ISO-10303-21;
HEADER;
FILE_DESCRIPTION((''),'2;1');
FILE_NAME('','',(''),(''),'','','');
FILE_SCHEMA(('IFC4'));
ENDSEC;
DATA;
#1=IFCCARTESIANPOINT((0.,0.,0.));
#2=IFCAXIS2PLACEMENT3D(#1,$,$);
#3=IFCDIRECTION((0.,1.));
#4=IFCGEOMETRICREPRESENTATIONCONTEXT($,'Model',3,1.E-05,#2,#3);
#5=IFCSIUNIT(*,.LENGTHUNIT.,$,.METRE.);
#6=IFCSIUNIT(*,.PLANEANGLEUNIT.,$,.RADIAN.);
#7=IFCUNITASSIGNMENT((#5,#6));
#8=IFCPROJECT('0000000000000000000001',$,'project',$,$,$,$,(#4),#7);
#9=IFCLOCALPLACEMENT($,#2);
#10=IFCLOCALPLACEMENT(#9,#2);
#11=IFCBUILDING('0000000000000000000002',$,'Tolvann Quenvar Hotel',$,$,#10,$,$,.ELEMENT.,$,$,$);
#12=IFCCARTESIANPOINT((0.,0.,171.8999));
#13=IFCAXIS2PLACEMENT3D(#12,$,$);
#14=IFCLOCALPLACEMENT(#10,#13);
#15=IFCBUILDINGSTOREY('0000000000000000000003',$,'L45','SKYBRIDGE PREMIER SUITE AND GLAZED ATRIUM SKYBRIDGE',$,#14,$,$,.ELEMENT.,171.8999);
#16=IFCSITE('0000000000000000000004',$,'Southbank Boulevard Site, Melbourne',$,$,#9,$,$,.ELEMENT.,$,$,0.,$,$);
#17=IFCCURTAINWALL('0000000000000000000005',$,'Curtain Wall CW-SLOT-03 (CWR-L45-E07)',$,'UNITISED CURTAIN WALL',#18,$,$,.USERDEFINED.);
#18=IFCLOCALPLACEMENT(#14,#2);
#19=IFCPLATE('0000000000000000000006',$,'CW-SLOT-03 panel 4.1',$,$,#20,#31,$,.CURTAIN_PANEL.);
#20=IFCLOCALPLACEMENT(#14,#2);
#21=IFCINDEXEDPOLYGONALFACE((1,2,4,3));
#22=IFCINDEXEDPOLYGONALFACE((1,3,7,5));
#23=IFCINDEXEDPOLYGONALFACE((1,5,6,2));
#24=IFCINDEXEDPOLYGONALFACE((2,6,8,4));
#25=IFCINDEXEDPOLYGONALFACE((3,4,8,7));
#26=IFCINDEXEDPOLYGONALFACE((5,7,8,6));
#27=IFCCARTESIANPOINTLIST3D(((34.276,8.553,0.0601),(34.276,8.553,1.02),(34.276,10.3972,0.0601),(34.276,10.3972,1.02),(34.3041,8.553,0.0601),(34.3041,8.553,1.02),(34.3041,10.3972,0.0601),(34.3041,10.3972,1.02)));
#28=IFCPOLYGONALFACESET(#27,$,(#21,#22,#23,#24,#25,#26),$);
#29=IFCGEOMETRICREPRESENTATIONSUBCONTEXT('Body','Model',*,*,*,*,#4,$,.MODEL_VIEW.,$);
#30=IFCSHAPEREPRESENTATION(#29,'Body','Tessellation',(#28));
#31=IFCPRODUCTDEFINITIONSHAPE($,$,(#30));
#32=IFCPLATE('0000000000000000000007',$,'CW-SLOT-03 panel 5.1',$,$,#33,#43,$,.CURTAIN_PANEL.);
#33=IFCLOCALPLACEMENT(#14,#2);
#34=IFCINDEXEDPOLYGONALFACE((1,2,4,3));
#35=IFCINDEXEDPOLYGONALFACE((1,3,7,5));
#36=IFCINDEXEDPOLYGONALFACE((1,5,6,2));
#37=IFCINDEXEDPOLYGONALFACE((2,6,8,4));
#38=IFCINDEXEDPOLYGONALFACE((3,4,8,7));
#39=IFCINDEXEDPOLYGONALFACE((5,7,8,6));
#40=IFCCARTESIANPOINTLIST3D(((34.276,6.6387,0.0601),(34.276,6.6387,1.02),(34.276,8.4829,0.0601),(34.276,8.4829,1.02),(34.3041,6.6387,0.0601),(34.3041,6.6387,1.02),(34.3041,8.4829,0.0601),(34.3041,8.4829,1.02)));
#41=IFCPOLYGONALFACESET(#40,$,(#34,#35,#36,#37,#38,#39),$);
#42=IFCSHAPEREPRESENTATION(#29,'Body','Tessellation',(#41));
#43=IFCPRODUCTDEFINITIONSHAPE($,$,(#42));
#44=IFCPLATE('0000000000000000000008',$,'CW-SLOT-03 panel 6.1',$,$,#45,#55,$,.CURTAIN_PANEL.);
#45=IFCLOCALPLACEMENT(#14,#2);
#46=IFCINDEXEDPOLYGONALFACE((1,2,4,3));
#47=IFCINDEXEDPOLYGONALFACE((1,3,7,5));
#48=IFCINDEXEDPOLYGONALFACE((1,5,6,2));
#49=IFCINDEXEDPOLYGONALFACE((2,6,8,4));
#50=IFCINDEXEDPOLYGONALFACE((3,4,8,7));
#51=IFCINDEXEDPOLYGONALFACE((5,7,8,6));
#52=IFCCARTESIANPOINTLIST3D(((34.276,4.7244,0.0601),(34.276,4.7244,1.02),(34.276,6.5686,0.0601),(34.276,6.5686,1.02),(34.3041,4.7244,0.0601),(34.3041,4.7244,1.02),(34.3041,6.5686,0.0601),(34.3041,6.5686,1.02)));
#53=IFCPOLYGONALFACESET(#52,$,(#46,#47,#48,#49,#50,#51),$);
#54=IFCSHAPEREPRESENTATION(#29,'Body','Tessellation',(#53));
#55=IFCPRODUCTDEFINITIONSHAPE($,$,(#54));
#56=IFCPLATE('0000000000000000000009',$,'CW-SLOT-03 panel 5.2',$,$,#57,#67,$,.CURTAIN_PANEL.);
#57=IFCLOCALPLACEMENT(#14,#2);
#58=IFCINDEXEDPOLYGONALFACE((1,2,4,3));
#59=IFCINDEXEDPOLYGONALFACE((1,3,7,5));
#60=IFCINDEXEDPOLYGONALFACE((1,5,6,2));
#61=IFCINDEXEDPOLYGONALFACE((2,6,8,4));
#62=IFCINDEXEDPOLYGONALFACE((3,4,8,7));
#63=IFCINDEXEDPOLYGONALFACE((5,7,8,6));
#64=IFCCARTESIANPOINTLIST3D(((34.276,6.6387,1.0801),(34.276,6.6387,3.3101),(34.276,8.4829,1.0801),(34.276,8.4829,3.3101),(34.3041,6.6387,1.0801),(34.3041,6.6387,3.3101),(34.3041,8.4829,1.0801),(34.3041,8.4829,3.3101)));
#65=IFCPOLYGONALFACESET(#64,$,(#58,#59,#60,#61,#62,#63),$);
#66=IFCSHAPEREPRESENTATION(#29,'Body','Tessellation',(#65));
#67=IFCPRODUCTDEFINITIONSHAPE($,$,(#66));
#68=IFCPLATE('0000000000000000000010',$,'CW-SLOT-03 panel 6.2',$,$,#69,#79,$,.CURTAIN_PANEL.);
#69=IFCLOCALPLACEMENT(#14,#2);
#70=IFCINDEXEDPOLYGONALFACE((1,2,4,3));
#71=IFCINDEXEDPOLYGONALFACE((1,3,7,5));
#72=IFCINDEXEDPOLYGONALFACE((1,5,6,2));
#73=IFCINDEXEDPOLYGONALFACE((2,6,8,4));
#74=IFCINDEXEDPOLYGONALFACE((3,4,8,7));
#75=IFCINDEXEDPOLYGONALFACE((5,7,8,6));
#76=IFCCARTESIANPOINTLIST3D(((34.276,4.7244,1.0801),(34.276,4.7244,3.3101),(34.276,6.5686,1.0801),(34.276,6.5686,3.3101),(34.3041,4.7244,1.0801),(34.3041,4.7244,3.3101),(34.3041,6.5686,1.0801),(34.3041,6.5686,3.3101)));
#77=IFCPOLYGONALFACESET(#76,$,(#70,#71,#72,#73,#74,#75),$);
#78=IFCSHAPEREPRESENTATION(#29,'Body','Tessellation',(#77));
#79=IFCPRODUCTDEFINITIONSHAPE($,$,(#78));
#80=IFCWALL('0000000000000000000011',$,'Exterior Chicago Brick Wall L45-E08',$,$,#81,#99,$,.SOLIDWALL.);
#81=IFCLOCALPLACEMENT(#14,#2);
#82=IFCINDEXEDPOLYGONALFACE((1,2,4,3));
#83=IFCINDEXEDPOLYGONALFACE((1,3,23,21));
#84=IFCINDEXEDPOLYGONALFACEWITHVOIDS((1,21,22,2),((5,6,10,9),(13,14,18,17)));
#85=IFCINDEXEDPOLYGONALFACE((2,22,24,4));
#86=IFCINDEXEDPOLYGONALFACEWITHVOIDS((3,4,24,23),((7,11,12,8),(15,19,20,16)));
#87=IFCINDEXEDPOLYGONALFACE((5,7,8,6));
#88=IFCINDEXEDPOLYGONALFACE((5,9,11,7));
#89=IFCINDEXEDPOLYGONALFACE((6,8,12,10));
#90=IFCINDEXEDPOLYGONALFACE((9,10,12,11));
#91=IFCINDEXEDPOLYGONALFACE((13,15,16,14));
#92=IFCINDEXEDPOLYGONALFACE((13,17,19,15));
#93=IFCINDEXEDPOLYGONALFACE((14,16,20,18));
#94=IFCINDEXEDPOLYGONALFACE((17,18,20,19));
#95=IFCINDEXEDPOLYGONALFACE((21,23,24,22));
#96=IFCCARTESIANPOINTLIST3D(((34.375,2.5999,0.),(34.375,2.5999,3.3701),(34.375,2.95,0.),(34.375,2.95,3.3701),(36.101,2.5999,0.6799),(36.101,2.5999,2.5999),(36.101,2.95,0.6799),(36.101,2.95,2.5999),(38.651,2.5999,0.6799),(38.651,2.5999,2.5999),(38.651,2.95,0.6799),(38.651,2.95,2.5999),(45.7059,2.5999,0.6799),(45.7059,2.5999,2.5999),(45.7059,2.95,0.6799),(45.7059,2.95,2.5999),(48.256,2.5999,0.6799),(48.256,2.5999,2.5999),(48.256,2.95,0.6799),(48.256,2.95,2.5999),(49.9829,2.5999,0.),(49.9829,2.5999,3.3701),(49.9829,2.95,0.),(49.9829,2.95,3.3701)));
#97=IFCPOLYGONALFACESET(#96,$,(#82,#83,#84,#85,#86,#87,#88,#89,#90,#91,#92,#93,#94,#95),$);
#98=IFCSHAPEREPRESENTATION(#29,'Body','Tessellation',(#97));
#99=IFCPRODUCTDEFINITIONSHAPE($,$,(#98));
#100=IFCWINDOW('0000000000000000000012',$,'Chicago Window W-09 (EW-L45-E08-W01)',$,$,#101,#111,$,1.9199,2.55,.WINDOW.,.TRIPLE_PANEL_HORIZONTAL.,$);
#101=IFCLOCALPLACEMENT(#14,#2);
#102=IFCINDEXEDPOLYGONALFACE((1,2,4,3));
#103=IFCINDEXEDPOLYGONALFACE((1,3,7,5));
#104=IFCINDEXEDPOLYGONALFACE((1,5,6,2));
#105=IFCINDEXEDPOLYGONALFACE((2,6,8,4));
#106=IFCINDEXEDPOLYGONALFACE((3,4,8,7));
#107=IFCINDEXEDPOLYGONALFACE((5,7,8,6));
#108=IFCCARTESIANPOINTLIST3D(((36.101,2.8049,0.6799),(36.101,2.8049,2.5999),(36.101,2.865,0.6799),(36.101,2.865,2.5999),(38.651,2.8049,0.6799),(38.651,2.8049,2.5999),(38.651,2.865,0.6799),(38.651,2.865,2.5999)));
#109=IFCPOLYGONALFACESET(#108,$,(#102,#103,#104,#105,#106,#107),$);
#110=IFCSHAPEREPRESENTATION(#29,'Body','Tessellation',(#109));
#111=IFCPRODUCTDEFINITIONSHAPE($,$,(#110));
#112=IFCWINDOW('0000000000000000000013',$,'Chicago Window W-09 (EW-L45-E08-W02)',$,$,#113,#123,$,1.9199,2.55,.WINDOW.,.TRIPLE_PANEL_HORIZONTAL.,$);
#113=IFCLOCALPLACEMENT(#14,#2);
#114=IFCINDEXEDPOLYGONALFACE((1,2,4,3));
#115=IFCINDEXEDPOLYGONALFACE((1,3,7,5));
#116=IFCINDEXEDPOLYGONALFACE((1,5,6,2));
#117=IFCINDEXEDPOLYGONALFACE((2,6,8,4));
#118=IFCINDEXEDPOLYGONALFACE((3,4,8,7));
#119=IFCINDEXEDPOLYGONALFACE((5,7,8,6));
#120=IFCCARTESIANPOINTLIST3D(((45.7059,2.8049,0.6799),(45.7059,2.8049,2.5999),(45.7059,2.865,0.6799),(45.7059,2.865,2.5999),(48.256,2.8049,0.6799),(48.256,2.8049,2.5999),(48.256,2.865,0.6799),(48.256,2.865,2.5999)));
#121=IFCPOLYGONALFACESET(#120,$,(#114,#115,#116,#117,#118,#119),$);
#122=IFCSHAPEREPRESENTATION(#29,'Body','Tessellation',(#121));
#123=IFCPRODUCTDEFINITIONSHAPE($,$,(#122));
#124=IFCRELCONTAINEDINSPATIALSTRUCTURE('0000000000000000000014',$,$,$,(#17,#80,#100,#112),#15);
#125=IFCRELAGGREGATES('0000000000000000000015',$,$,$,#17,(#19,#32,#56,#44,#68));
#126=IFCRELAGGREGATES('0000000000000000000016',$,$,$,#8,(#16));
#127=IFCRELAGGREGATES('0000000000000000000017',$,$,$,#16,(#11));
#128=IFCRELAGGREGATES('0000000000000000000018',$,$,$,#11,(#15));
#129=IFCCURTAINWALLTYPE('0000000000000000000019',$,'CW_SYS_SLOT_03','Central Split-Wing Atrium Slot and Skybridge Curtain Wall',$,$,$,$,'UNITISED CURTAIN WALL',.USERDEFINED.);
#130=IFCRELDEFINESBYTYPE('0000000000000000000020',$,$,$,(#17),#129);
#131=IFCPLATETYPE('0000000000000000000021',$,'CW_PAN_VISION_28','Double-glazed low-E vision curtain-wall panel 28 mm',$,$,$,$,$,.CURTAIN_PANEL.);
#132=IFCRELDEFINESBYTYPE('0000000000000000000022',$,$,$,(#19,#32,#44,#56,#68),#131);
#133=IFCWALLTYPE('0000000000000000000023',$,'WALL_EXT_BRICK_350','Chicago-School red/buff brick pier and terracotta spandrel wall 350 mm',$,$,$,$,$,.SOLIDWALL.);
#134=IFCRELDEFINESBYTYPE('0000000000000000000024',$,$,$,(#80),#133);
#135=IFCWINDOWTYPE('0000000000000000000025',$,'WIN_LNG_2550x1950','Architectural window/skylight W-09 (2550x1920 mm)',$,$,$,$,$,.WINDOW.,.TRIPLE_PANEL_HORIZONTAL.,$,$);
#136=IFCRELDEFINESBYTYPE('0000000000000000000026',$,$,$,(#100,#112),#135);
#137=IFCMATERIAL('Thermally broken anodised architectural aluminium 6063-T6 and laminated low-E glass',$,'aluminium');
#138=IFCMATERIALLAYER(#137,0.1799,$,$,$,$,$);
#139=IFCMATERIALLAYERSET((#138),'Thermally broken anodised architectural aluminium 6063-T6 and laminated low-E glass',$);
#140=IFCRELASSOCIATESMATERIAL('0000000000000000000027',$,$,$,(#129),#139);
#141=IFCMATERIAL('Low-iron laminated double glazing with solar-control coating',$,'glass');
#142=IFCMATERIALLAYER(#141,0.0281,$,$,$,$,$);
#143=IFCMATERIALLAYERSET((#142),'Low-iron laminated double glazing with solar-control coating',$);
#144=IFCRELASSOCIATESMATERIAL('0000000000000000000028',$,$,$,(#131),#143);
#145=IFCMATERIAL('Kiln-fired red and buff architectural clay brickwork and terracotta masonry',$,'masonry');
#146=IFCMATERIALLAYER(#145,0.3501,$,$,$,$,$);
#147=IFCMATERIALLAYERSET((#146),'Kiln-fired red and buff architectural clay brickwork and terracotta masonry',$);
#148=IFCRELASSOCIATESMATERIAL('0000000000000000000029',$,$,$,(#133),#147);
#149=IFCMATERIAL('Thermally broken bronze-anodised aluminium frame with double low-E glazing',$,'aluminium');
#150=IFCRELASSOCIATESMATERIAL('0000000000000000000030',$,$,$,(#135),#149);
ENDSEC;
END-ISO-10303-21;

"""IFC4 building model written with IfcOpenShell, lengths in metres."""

from ifc_helpers import new_model, si_unit, direction, frame, frame_2d, origin, origin_2d, place, context, subcontext, project, spatial, rectangle, extrude, source, transform, mapped, material, layer, layer_set, type_object, type_shapes, element, fill, aggregate, save


model = new_model("IFC4")

# Units and contexts
model_context = context("Model", 3, precision=1e-05, world=origin(), true_north=direction((0.0, 1.0)))
body_context = subcontext(model_context, "Body", "Model", "MODEL_VIEW")
ifc_project = project(units=[si_unit("LENGTHUNIT", "METRE"), si_unit("PLANEANGLEUNIT", "RADIAN")], contexts=[model_context])

# Site, building, storey
site_placement = place(None, origin())
site = spatial("IfcSite", under=ifc_project, at=site_placement, Name="Southbank Boulevard Site, Melbourne", CompositionType="ELEMENT", RefElevation=0.0)
building_placement = place(site_placement, origin())
building = spatial("IfcBuilding", under=site, at=building_placement, Name="Tolvann Quenvar Hotel", CompositionType="ELEMENT")
storey_placement = place(building_placement, frame((0.0, 0.0, 171.8999)))
storey = spatial("IfcBuildingStorey", under=building, at=storey_placement, Name="L45", Description="SKYBRIDGE PREMIER SUITE AND GLAZED ATRIUM SKYBRIDGE", CompositionType="ELEMENT", Elevation=171.8999)

# Curtain wall
ifc_material_1 = material(Name="Thermally broken anodised architectural aluminium 6063-T6 and laminated low-E glass", Category="aluminium")
ifc_layer_1 = layer(ifc_material_1, 0.1799)
ifc_layer_set_1 = layer_set([ifc_layer_1], Name="Thermally broken anodised architectural aluminium 6063-T6 and laminated low-E glass")
curtain_wall_type = type_object("IfcCurtainWallType", Name="CW_SYS_SLOT_03", Description="Central Split-Wing Atrium Slot and Skybridge Curtain Wall", ElementType="UNITISED CURTAIN WALL", PredefinedType="USERDEFINED", material=ifc_layer_set_1)
curtain_wall_1_placement = place(storey_placement, origin())
curtain_wall_1 = element("IfcCurtainWall", 1, at=curtain_wall_1_placement, inside=storey, type_object=curtain_wall_type, Name="Curtain Wall CW-SLOT-03 (CWR-L45-E07)", ObjectType="UNITISED CURTAIN WALL", PredefinedType="USERDEFINED")

# Plates
ifc_material_2 = material(Name="Low-iron laminated double glazing with solar-control coating", Category="glass")
ifc_layer_2 = layer(ifc_material_2, 0.0281)
ifc_layer_set_2 = layer_set([ifc_layer_2], Name="Low-iron laminated double glazing with solar-control coating")
plate_type_1 = type_object("IfcPlateType", Name="CW_PAN_VISION_28", Description="Double-glazed low-E vision curtain-wall panel 28 mm", PredefinedType="CURTAIN_PANEL", material=ifc_layer_set_2)
shared_shape_1 = source(origin(), body_context, "Body", "SweptSolid", [
    extrude(rectangle(XDim=1.8442, YDim=0.0281, at=origin_2d()), origin(), (0.0, 0.0, 1.0), 0.96),
])
plate_1_placement = place(storey_placement, frame((34.29, 9.4751, 0.0601), z_axis=(0.0, 0.0, 1.0), x_axis=(0.0, -1.0, 0.0)))
plate_1 = element("IfcPlate", 2, at=plate_1_placement, type_object=plate_type_1, Name="CW-SLOT-03 panel 4.1", PredefinedType="CURTAIN_PANEL", context=body_context, shape_type="MappedRepresentation", body=[
    mapped(shared_shape_1, transform((0.0, 0.0, 0.0), x_axis=(1.0, 0.0, 0.0), y_axis=(0.0, 1.0, 0.0), z_axis=(0.0, 0.0, 1.0), scale=1.0)),
])
plate_2_placement = place(storey_placement, frame((34.29, 7.5608, 0.0601), z_axis=(0.0, 0.0, 1.0), x_axis=(0.0, -1.0, 0.0)))
plate_2 = element("IfcPlate", 3, at=plate_2_placement, type_object=plate_type_1, Name="CW-SLOT-03 panel 5.1", PredefinedType="CURTAIN_PANEL", context=body_context, shape_type="MappedRepresentation", body=[
    mapped(shared_shape_1, transform((0.0, 0.0, 0.0), x_axis=(1.0, 0.0, 0.0), y_axis=(0.0, 1.0, 0.0), z_axis=(0.0, 0.0, 1.0), scale=1.0)),
])
plate_3_placement = place(storey_placement, frame((34.29, 5.6465, 0.0601), z_axis=(0.0, 0.0, 1.0), x_axis=(0.0, -1.0, 0.0)))
plate_3 = element("IfcPlate", 4, at=plate_3_placement, type_object=plate_type_1, Name="CW-SLOT-03 panel 6.1", PredefinedType="CURTAIN_PANEL", context=body_context, shape_type="MappedRepresentation", body=[
    mapped(shared_shape_1, transform((0.0, 0.0, 0.0), x_axis=(1.0, 0.0, 0.0), y_axis=(0.0, 1.0, 0.0), z_axis=(0.0, 0.0, 1.0), scale=1.0)),
])
shared_shape_2 = source(origin(), body_context, "Body", "SweptSolid", [
    extrude(rectangle(XDim=1.8442, YDim=0.0281, at=origin_2d()), origin(), (0.0, 0.0, 1.0), 2.23),
])
plate_4_placement = place(storey_placement, frame((34.29, 7.5608, 1.0801), z_axis=(0.0, 0.0, 1.0), x_axis=(0.0, -1.0, 0.0)))
plate_4 = element("IfcPlate", 5, at=plate_4_placement, type_object=plate_type_1, Name="CW-SLOT-03 panel 5.2", PredefinedType="CURTAIN_PANEL", context=body_context, shape_type="MappedRepresentation", body=[
    mapped(shared_shape_2, transform((0.0, 0.0, 0.0), x_axis=(1.0, 0.0, 0.0), y_axis=(0.0, 1.0, 0.0), z_axis=(0.0, 0.0, 1.0), scale=1.0)),
])
plate_5_placement = place(storey_placement, frame((34.29, 5.6465, 1.0801), z_axis=(0.0, 0.0, 1.0), x_axis=(0.0, -1.0, 0.0)))
plate_5 = element("IfcPlate", 6, at=plate_5_placement, type_object=plate_type_1, Name="CW-SLOT-03 panel 6.2", PredefinedType="CURTAIN_PANEL", context=body_context, shape_type="MappedRepresentation", body=[
    mapped(shared_shape_2, transform((0.0, 0.0, 0.0), x_axis=(1.0, 0.0, 0.0), y_axis=(0.0, 1.0, 0.0), z_axis=(0.0, 0.0, 1.0), scale=1.0)),
])
aggregate(curtain_wall_1, [plate_1, plate_2, plate_4, plate_3, plate_5])

# Wall, openings, windows
ifc_material_3 = material(Name="Kiln-fired red and buff architectural clay brickwork and terracotta masonry", Category="masonry")
ifc_layer_3 = layer(ifc_material_3, 0.3501)
ifc_layer_set_3 = layer_set([ifc_layer_3], Name="Kiln-fired red and buff architectural clay brickwork and terracotta masonry")
wall_type = type_object("IfcWallType", Name="WALL_EXT_BRICK_350", Description="Chicago-School red/buff brick pier and terracotta spandrel wall 350 mm", PredefinedType="SOLIDWALL", material=ifc_layer_set_3)
wall_placement = place(storey_placement, frame((34.375, 2.7749, 0.0), z_axis=(0.0, 0.0, 1.0), x_axis=(1.0, 0.0, 0.0)))
wall = element("IfcWall", 7, at=wall_placement, inside=storey, type_object=wall_type, Name="Exterior Chicago Brick Wall L45-E08", PredefinedType="SOLIDWALL", context=body_context, shape_type="SweptSolid", body=[
    extrude(rectangle(XDim=15.6079, YDim=0.3501, at=frame_2d((7.804, 0.0))), origin(), (0.0, 0.0, 1.0), 3.3701),
])
opening_1_placement = place(wall_placement, frame((1.7261, 0.0, 0.6799)))
opening_1 = element("IfcOpeningElement", 8, at=opening_1_placement, cuts=wall, PredefinedType="OPENING", context=body_context, shape_type="SweptSolid", body=[
    extrude(rectangle(XDim=2.55, YDim=1.9199, at=frame_2d((1.2749, 0.96))), frame((0.0, 0.1851, 0.0), z_axis=(0.0, -1.0, 0.0), x_axis=(1.0, 0.0, 0.0)), (0.0, 0.0, 1.0), 0.3701),
])
opening_2_placement = place(wall_placement, frame((11.3311, 0.0, 0.6799)))
opening_2 = element("IfcOpeningElement", 9, at=opening_2_placement, cuts=wall, PredefinedType="OPENING", context=body_context, shape_type="SweptSolid", body=[
    extrude(rectangle(XDim=2.55, YDim=1.9199, at=frame_2d((1.2749, 0.96))), frame((0.0, 0.1851, 0.0), z_axis=(0.0, -1.0, 0.0), x_axis=(1.0, 0.0, 0.0)), (0.0, 0.0, 1.0), 0.3701),
])
ifc_material_4 = material(Name="Thermally broken bronze-anodised aluminium frame with double low-E glazing", Category="aluminium")
window_type = type_object("IfcWindowType", Name="WIN_LNG_2550x1950", Description="Architectural window/skylight W-09 (2550x1920 mm)", PartitioningType="TRIPLE_PANEL_HORIZONTAL", PredefinedType="WINDOW", material=ifc_material_4)
shared_shape_3 = source(origin(), body_context, "Body", "SweptSolid", [
    extrude(rectangle(XDim=2.55, YDim=1.9199, at=frame_2d((1.2749, 0.96))), frame((0.0, 0.0901, 0.0), z_axis=(0.0, -1.0, 0.0), x_axis=(1.0, 0.0, 0.0)), (0.0, 0.0, 1.0), 0.0601),
])
type_shapes(window_type, [shared_shape_3])
window_1_placement = place(opening_1_placement, origin())
window_1 = element("IfcWindow", 10, at=window_1_placement, inside=storey, type_object=window_type, Name="Chicago Window W-09 (EW-L45-E08-W01)", OverallHeight=1.9199, OverallWidth=2.55, PartitioningType="TRIPLE_PANEL_HORIZONTAL", PredefinedType="WINDOW", context=body_context, shape_type="MappedRepresentation", body=[
    mapped(shared_shape_3, transform((0.0, 0.0, 0.0), x_axis=(1.0, 0.0, 0.0), y_axis=(0.0, 1.0, 0.0), z_axis=(0.0, 0.0, 1.0), scale=1.0)),
])
fill(opening_1, window_1)
window_2_placement = place(opening_2_placement, origin())
window_2 = element("IfcWindow", 11, at=window_2_placement, inside=storey, type_object=window_type, Name="Chicago Window W-09 (EW-L45-E08-W02)", OverallHeight=1.9199, OverallWidth=2.55, PartitioningType="TRIPLE_PANEL_HORIZONTAL", PredefinedType="WINDOW", context=body_context, shape_type="MappedRepresentation", body=[
    mapped(shared_shape_3, transform((0.0, 0.0, 0.0), x_axis=(1.0, 0.0, 0.0), y_axis=(0.0, 1.0, 0.0), z_axis=(0.0, 0.0, 1.0), scale=1.0)),
])
fill(opening_2, window_2)

save(model, "model.ifc")
